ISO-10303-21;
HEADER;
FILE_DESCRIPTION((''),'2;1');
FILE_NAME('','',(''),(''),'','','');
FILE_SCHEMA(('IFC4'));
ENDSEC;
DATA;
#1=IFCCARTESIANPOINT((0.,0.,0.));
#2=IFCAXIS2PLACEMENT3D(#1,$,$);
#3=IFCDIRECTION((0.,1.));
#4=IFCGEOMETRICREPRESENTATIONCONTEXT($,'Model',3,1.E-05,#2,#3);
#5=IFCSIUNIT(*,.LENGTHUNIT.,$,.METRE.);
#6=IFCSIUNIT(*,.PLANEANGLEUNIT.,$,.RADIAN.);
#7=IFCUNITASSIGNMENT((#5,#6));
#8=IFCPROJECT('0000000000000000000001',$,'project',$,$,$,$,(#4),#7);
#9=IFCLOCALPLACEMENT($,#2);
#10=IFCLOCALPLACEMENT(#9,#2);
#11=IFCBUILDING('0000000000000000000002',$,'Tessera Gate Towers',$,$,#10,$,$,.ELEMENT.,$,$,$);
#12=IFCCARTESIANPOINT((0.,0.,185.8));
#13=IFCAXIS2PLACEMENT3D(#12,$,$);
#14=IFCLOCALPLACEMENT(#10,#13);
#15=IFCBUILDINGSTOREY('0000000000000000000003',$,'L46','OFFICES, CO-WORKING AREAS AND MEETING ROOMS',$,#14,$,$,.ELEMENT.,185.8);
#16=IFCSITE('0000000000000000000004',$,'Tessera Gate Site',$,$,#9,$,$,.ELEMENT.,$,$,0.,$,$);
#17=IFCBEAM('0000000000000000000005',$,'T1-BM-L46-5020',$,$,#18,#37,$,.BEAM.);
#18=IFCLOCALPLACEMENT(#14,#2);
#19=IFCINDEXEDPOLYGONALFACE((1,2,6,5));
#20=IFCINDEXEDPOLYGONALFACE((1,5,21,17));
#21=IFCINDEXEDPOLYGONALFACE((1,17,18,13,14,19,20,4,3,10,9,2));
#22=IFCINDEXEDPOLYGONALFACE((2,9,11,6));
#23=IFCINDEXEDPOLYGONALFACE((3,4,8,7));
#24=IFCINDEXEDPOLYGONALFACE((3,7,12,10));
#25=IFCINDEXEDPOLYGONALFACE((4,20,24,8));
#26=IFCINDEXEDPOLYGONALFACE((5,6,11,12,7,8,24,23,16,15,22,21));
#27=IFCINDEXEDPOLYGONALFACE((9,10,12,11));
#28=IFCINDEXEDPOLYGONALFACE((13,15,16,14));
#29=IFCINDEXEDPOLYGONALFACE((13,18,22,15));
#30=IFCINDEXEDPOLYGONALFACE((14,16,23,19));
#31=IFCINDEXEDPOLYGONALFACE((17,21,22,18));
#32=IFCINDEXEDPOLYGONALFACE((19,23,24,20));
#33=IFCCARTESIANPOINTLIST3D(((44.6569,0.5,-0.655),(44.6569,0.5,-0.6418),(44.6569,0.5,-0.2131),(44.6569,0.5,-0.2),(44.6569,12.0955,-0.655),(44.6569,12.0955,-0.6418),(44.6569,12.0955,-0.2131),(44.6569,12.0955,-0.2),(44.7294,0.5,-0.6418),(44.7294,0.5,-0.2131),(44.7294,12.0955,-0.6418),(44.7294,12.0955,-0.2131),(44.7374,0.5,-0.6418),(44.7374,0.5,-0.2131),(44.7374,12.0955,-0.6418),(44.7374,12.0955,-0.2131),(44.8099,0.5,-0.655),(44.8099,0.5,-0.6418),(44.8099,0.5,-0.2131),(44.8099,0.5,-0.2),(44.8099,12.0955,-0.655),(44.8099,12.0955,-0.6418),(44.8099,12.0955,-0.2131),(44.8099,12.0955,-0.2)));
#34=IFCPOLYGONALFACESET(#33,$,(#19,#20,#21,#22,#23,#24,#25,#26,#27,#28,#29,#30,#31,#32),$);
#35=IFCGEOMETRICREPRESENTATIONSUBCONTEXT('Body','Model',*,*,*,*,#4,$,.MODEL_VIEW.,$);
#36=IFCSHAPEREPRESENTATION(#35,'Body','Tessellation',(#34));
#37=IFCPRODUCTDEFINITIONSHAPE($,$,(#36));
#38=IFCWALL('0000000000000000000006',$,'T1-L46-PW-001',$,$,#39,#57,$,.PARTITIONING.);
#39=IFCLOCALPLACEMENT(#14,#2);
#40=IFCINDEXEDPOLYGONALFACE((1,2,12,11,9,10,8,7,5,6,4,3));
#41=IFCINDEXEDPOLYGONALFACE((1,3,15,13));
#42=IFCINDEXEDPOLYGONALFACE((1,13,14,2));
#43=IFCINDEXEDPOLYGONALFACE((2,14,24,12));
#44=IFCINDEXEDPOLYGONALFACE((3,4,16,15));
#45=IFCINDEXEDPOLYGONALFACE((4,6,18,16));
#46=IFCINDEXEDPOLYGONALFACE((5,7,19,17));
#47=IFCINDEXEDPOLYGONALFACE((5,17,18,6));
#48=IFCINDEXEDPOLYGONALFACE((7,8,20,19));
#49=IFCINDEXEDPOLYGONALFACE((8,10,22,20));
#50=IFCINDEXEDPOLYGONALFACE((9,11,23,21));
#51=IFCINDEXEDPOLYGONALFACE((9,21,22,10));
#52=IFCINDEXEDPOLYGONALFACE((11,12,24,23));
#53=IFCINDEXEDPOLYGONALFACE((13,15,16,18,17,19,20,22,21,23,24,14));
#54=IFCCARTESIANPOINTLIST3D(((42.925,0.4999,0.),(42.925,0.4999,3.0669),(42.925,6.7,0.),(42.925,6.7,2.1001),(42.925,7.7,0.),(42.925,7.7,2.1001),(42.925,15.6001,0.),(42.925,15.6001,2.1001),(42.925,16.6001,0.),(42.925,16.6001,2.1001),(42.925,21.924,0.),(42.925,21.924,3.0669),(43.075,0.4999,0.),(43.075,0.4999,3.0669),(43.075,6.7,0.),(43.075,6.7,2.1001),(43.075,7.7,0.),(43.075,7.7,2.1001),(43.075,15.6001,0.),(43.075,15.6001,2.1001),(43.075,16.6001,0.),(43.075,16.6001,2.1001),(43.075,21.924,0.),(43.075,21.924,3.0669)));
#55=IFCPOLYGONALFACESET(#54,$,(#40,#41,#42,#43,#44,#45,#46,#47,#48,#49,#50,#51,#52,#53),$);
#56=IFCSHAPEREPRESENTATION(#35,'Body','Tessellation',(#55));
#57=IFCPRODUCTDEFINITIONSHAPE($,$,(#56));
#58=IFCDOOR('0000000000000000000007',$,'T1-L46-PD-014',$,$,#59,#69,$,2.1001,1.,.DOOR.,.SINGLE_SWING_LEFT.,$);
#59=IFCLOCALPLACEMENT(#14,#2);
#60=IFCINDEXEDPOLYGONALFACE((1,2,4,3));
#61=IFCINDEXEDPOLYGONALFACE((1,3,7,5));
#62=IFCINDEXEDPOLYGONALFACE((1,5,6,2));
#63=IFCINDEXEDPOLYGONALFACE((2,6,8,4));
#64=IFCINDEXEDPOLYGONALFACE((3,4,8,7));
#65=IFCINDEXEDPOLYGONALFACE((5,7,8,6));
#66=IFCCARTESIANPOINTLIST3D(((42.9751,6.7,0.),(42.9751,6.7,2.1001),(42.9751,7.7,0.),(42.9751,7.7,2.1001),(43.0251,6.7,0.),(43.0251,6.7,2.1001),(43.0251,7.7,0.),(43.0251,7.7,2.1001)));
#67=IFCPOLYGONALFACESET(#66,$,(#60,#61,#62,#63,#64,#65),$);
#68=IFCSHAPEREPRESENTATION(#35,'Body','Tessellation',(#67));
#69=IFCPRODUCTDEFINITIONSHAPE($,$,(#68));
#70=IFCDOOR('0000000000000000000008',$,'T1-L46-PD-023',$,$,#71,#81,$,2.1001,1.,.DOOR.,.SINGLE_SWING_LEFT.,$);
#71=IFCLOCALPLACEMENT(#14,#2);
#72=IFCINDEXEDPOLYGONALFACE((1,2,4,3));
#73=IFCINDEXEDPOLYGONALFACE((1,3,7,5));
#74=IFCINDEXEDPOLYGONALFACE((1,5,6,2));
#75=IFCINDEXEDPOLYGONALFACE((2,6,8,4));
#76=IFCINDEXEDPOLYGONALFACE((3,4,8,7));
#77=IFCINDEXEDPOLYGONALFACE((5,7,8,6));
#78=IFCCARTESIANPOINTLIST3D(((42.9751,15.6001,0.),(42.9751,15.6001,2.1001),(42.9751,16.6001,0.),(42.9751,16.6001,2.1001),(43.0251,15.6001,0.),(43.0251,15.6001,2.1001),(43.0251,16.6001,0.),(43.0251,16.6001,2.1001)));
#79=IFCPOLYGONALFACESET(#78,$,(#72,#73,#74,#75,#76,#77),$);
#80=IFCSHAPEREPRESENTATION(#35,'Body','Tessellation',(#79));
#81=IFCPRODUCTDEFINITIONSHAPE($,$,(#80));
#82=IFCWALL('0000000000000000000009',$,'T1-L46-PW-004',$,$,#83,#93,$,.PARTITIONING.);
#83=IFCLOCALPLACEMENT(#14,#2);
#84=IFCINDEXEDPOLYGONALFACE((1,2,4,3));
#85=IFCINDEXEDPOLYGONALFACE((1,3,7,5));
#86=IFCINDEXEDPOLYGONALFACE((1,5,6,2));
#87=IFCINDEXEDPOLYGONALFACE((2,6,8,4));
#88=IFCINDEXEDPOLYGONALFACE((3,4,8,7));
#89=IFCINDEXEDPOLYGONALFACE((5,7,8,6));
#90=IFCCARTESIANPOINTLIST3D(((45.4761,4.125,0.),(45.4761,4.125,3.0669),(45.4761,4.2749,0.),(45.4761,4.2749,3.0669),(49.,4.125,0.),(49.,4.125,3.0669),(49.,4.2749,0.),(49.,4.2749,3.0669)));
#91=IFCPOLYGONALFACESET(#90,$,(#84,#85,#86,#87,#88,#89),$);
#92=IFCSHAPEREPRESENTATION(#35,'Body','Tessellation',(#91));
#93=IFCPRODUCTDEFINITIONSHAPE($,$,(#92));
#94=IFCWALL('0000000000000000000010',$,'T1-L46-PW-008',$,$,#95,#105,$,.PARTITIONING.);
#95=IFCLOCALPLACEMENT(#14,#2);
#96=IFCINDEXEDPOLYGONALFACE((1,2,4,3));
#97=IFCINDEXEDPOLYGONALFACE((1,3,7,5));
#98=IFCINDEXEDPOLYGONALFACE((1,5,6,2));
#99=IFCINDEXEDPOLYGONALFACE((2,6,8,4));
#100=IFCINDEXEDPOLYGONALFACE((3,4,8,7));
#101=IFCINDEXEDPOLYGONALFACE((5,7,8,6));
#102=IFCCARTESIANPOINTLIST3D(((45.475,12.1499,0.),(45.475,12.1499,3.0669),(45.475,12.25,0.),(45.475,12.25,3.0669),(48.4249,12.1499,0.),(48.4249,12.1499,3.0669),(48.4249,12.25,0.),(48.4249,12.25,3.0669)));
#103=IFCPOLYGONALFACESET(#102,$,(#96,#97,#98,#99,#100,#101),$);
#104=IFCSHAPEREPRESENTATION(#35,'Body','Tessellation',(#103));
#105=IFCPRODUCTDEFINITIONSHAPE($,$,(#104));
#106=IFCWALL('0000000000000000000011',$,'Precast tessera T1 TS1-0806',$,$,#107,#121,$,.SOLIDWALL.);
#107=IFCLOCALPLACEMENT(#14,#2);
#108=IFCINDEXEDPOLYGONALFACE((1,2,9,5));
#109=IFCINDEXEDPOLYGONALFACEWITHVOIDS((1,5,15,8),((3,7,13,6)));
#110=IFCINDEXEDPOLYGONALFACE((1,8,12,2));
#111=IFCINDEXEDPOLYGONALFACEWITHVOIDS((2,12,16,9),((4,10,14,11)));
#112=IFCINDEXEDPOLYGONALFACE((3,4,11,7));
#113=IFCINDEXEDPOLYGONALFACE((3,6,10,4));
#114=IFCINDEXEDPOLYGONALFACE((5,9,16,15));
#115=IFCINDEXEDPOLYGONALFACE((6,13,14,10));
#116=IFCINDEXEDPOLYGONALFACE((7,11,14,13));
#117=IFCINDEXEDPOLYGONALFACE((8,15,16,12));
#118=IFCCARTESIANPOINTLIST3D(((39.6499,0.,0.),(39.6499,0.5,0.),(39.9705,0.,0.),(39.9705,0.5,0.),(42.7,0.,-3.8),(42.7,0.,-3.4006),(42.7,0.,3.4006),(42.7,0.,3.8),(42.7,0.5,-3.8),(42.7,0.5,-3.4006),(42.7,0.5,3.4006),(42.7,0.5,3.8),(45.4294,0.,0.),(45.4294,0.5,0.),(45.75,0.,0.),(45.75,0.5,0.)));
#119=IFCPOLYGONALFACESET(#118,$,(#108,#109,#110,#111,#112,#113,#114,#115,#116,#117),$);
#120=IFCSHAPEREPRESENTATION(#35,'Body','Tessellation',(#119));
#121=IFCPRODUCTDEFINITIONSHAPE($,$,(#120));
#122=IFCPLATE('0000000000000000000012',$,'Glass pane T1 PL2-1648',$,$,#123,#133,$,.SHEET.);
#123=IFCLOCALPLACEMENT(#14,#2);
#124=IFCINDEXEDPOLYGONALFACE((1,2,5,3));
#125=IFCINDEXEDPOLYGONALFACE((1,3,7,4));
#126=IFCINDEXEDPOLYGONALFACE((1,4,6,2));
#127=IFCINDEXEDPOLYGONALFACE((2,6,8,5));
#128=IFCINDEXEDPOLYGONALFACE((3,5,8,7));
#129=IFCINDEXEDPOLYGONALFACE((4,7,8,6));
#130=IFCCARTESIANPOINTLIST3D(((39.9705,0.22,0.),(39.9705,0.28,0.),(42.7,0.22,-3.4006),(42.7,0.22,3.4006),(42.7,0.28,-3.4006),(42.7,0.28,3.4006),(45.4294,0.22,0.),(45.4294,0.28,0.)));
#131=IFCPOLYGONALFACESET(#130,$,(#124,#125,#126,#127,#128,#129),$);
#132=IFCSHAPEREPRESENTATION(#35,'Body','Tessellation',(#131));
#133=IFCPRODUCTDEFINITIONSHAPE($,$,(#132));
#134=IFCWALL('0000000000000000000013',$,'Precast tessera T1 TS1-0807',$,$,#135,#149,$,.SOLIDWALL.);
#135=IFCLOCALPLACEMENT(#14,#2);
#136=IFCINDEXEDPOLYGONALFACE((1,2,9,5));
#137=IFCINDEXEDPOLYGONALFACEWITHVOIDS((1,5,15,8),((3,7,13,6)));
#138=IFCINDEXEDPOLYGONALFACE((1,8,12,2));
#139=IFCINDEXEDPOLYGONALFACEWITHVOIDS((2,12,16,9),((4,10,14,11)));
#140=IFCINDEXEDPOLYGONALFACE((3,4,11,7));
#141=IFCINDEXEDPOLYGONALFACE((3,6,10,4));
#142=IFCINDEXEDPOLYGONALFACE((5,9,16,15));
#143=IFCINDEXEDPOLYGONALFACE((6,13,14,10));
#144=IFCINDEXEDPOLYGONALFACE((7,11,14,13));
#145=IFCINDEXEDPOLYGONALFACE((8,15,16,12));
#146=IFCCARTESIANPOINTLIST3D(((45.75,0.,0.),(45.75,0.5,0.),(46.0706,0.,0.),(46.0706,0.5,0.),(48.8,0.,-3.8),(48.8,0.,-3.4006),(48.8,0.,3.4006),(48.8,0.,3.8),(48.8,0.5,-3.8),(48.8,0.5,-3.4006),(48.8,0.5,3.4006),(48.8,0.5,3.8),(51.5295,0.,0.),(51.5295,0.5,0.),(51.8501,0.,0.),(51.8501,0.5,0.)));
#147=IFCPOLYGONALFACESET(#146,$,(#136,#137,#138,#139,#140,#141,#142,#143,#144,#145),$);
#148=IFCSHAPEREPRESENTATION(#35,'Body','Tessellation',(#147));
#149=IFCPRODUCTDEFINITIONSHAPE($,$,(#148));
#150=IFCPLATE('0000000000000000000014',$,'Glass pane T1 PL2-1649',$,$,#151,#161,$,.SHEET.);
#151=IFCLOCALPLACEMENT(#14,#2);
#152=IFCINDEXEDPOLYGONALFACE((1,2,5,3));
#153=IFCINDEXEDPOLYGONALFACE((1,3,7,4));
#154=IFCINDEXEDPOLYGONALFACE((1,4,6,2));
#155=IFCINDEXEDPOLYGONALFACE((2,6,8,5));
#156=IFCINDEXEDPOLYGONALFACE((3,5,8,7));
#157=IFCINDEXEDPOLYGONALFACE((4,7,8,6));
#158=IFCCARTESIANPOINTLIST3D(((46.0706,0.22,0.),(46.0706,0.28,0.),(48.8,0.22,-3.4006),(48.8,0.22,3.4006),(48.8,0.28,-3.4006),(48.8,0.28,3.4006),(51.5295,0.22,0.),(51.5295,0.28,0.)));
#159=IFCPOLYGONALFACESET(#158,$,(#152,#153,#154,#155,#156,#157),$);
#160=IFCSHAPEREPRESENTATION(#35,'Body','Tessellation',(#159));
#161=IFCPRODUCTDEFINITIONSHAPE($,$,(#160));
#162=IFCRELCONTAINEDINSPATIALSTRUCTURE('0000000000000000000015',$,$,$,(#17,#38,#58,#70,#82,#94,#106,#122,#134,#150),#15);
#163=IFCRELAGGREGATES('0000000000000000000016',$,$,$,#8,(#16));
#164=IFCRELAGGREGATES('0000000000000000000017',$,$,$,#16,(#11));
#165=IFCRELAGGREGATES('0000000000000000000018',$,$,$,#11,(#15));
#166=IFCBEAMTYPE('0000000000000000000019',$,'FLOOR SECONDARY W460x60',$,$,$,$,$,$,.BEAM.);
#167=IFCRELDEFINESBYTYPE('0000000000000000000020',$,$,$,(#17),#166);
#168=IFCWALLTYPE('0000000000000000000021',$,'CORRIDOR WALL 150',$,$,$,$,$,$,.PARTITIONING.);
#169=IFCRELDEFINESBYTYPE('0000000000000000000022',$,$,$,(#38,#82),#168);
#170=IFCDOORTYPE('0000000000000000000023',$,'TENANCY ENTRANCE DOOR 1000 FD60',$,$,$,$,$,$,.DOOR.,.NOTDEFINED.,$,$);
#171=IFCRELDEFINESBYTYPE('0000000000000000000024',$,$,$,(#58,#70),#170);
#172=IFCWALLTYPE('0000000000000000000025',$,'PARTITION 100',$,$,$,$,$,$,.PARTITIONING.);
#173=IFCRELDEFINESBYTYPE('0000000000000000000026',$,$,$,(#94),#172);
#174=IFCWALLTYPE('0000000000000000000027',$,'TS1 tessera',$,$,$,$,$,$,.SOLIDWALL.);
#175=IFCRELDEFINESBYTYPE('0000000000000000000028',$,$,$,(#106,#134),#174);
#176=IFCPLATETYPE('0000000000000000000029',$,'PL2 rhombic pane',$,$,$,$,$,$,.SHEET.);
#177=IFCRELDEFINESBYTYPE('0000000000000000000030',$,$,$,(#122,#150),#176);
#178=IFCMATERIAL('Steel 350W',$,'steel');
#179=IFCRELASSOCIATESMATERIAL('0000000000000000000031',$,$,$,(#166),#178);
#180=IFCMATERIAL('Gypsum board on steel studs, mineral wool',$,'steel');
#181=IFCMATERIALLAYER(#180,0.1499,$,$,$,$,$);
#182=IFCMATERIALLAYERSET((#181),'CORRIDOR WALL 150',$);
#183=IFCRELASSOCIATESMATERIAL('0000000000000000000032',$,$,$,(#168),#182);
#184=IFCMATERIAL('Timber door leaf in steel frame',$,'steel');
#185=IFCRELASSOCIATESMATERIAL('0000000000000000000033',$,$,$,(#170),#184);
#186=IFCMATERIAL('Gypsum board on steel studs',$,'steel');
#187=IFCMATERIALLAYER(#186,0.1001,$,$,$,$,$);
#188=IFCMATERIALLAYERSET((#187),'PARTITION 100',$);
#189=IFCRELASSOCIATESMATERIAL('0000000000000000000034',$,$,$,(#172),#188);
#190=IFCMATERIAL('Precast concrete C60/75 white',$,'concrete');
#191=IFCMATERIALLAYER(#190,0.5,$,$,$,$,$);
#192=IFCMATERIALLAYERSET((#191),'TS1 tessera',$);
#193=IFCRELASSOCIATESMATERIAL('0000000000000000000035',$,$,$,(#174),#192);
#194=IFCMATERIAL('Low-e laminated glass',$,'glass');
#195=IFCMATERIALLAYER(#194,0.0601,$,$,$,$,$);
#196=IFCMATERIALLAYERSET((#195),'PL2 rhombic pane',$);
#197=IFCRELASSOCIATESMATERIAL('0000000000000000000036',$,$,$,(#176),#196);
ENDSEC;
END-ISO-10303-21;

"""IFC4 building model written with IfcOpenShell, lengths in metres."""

from ifc_helpers import new_model, si_unit, direction, frame, frame_2d, origin, origin_2d, place, context, subcontext, project, spatial, polyline, rectangle, i_section, outline, extrude, source, transform, mapped, material, layer, layer_set, material_profile, profile_set, type_object, element, fill, save


model = new_model("IFC4")

# Units and contexts
model_context = context("Model", 3, precision=1e-05, world=origin(), true_north=direction((0.0, 1.0)))
body_context = subcontext(model_context, "Body", "Model", "MODEL_VIEW")
ifc_project = project(units=[si_unit("LENGTHUNIT", "METRE"), si_unit("PLANEANGLEUNIT", "RADIAN")], contexts=[model_context])

# Site, building, storey
site_placement = place(None, origin())
site = spatial("IfcSite", under=ifc_project, at=site_placement, Name="Tessera Gate Site", CompositionType="ELEMENT", RefElevation=0.0)
building_placement = place(site_placement, origin())
building = spatial("IfcBuilding", under=site, at=building_placement, Name="Tessera Gate Towers", CompositionType="ELEMENT")
storey_placement = place(building_placement, frame((0.0, 0.0, 185.8)))
storey = spatial("IfcBuildingStorey", under=building, at=storey_placement, Name="L46", Description="OFFICES, CO-WORKING AREAS AND MEETING ROOMS", CompositionType="ELEMENT", Elevation=185.8)

# Beam
ifc_material_1 = material(Name="Steel 350W", Category="steel")
ifc_material_profile_1 = material_profile(ifc_material_1, i_section(OverallWidth=0.1531, OverallDepth=0.4551, WebThickness=0.0081, FlangeThickness=0.0132, at=origin_2d()), Name="W460x60")
ifc_profile_set_1 = profile_set([ifc_material_profile_1], Name="Steel 350W")
beam_type_1 = type_object("IfcBeamType", Name="FLOOR SECONDARY W460x60", PredefinedType="BEAM", material=ifc_profile_set_1)
beam_1_placement = place(storey_placement, frame((44.7334, 0.5, -0.4275), z_axis=(0.0, 1.0, 0.0), x_axis=(-1.0, 0.0, 0.0)))
element("IfcBeam", 1, at=beam_1_placement, inside=storey, type_object=beam_type_1, Name="T1-BM-L46-5020", PredefinedType="BEAM", context=body_context, shape_type="SweptSolid", body=[
    extrude(i_section(OverallWidth=0.1531, OverallDepth=0.4551, WebThickness=0.0081, FlangeThickness=0.0132, at=origin_2d()), origin(), (0.0, 0.0, 1.0), 11.5955),
])

# Wall, openings, doors
ifc_material_2 = material(Name="Gypsum board on steel studs, mineral wool", Category="steel")
ifc_layer_1 = layer(ifc_material_2, 0.1499)
ifc_layer_set_1 = layer_set([ifc_layer_1], Name="CORRIDOR WALL 150")
wall_type_1 = type_object("IfcWallType", Name="CORRIDOR WALL 150", PredefinedType="PARTITIONING", material=ifc_layer_set_1)
wall_1_placement = place(storey_placement, frame((43.0, 0.5, 0.0), z_axis=(0.0, 0.0, 1.0), x_axis=(0.0, 1.0, 0.0)))
wall_1 = element("IfcWall", 2, at=wall_1_placement, inside=storey, type_object=wall_type_1, Name="T1-L46-PW-001", PredefinedType="PARTITIONING", context=body_context, shape_type="SweptSolid", body=[
    extrude(rectangle(XDim=21.4241, YDim=0.1499, at=frame_2d((10.7119, 0.0))), origin(), (0.0, 0.0, 1.0), 3.0669),
])
shared_shape_1 = source(origin(), body_context, "Body", "SweptSolid", [
    extrude(rectangle(XDim=1.0, YDim=2.1001, at=frame_2d((0.5, 1.05))), frame((0.0, 0.085, 0.0), z_axis=(0.0, -1.0, 0.0), x_axis=(1.0, 0.0, 0.0)), (0.0, 0.0, 1.0), 0.1699),
])
opening_1_placement = place(wall_1_placement, frame((6.2, 0.0, 0.0)))
opening_1 = element("IfcOpeningElement", 3, at=opening_1_placement, cuts=wall_1, PredefinedType="OPENING", context=body_context, shape_type="MappedRepresentation", body=[
    mapped(shared_shape_1, transform((0.0, 0.0, 0.0), scale=1.0)),
])
opening_2_placement = place(wall_1_placement, frame((15.1001, 0.0, 0.0)))
opening_2 = element("IfcOpeningElement", 4, at=opening_2_placement, cuts=wall_1, PredefinedType="OPENING", context=body_context, shape_type="MappedRepresentation", body=[
    mapped(shared_shape_1, transform((0.0, 0.0, 0.0), scale=1.0)),
])
ifc_material_3 = material(Name="Timber door leaf in steel frame", Category="steel")
door_type = type_object("IfcDoorType", Name="TENANCY ENTRANCE DOOR 1000 FD60", OperationType="NOTDEFINED", PredefinedType="DOOR", material=ifc_material_3)
shared_shape_2 = source(origin(), body_context, "Body", "SweptSolid", [
    extrude(rectangle(XDim=1.0, YDim=2.1001, at=frame_2d((0.5, 1.05))), frame((0.0, 0.0249, 0.0), z_axis=(0.0, -1.0, 0.0), x_axis=(1.0, 0.0, 0.0)), (0.0, 0.0, 1.0), 0.05),
])
door_1_placement = place(opening_1_placement, origin())
door_1 = element("IfcDoor", 5, at=door_1_placement, inside=storey, type_object=door_type, Name="T1-L46-PD-014", OperationType="SINGLE_SWING_LEFT", OverallHeight=2.1001, OverallWidth=1.0, PredefinedType="DOOR", context=body_context, shape_type="MappedRepresentation", body=[
    mapped(shared_shape_2, transform((0.0, 0.0, 0.0), scale=1.0)),
])
fill(opening_1, door_1)
door_2_placement = place(opening_2_placement, origin())
door_2 = element("IfcDoor", 6, at=door_2_placement, inside=storey, type_object=door_type, Name="T1-L46-PD-023", OperationType="SINGLE_SWING_LEFT", OverallHeight=2.1001, OverallWidth=1.0, PredefinedType="DOOR", context=body_context, shape_type="MappedRepresentation", body=[
    mapped(shared_shape_2, transform((0.0, 0.0, 0.0), scale=1.0)),
])
fill(opening_2, door_2)

# Walls
wall_2_placement = place(storey_placement, frame((45.4761, 4.2, 0.0), z_axis=(0.0, 0.0, 1.0), x_axis=(1.0, 0.0, 0.0)))
element("IfcWall", 7, at=wall_2_placement, inside=storey, type_object=wall_type_1, Name="T1-L46-PW-004", PredefinedType="PARTITIONING", context=body_context, shape_type="SweptSolid", body=[
    extrude(rectangle(XDim=3.5239, YDim=0.1499, at=frame_2d((1.762, 0.0))), origin(), (0.0, 0.0, 1.0), 3.0669),
])
ifc_material_4 = material(Name="Gypsum board on steel studs", Category="steel")
ifc_layer_2 = layer(ifc_material_4, 0.1001)
ifc_layer_set_2 = layer_set([ifc_layer_2], Name="PARTITION 100")
wall_type_2 = type_object("IfcWallType", Name="PARTITION 100", PredefinedType="PARTITIONING", material=ifc_layer_set_2)
wall_3_placement = place(storey_placement, frame((48.425, 12.2, 0.0), z_axis=(0.0, 0.0, 1.0), x_axis=(-1.0, 0.0, 0.0)))
element("IfcWall", 8, at=wall_3_placement, inside=storey, type_object=wall_type_2, Name="T1-L46-PW-008", PredefinedType="PARTITIONING", context=body_context, shape_type="SweptSolid", body=[
    extrude(rectangle(XDim=2.95, YDim=0.1001, at=frame_2d((1.4751, 0.0))), origin(), (0.0, 0.0, 1.0), 3.0669),
])

# Walls, openings, plates
ifc_material_5 = material(Name="Precast concrete C60/75 white", Category="concrete")
ifc_layer_3 = layer(ifc_material_5, 0.5)
ifc_layer_set_3 = layer_set([ifc_layer_3], Name="TS1 tessera")
wall_type_3 = type_object("IfcWallType", Name="TS1 tessera", PredefinedType="SOLIDWALL", material=ifc_layer_set_3)
shared_shape_3 = source(origin(), body_context, "Body", "SweptSolid", [
    extrude(outline(polyline([(3.05, 0.0), (6.1001, 3.8), (3.05, 7.6001), (0.0, 3.8), (3.05, 0.0)])), frame((0.0, 0.25, 0.0), z_axis=(0.0, -1.0, 0.0), x_axis=(1.0, 0.0, 0.0)), (0.0, 0.0, 1.0), 0.5),
])
wall_4_placement = place(storey_placement, frame((39.6499, 0.25, -3.8), z_axis=(0.0, 0.0, 1.0), x_axis=(1.0, 0.0, 0.0)))
wall_4 = element("IfcWall", 9, at=wall_4_placement, inside=storey, type_object=wall_type_3, Name="Precast tessera T1 TS1-0806", PredefinedType="SOLIDWALL", context=body_context, shape_type="MappedRepresentation", body=[
    mapped(shared_shape_3, transform((0.0, 0.0, 0.0), scale=1.0)),
])
shared_shape_4 = source(origin(), body_context, "Body", "SweptSolid", [
    extrude(outline(polyline([(3.05, 0.3994), (5.7795, 3.8), (3.05, 7.2007), (0.3206, 3.8), (3.05, 0.3994)])), frame((0.0, 0.26, 0.0), z_axis=(0.0, -1.0, 0.0), x_axis=(1.0, 0.0, 0.0)), (0.0, 0.0, 1.0), 0.52),
])
opening_3_placement = place(wall_4_placement, origin())
opening_3 = element("IfcOpeningElement", 10, at=opening_3_placement, cuts=wall_4, PredefinedType="OPENING", context=body_context, shape_type="MappedRepresentation", body=[
    mapped(shared_shape_4, transform((0.0, 0.0, 0.0), scale=1.0)),
])
ifc_material_6 = material(Name="Low-e laminated glass", Category="glass")
ifc_layer_4 = layer(ifc_material_6, 0.0601)
ifc_layer_set_4 = layer_set([ifc_layer_4], Name="PL2 rhombic pane")
plate_type = type_object("IfcPlateType", Name="PL2 rhombic pane", PredefinedType="SHEET", material=ifc_layer_set_4)
shared_shape_5 = source(origin(), body_context, "Body", "SweptSolid", [
    extrude(outline(polyline([(3.05, 0.3994), (5.7795, 3.8), (3.05, 7.2007), (0.3206, 3.8), (3.05, 0.3994)])), frame((0.0, 0.03, 0.0), z_axis=(0.0, -1.0, 0.0), x_axis=(1.0, 0.0, 0.0)), (0.0, 0.0, 1.0), 0.0601),
])
plate_1_placement = place(opening_3_placement, origin())
plate_1 = element("IfcPlate", 11, at=plate_1_placement, inside=storey, type_object=plate_type, Name="Glass pane T1 PL2-1648", PredefinedType="SHEET", context=body_context, shape_type="MappedRepresentation", body=[
    mapped(shared_shape_5, transform((0.0, 0.0, 0.0), scale=1.0)),
])
fill(opening_3, plate_1)
wall_5_placement = place(storey_placement, frame((45.75, 0.25, -3.8), z_axis=(0.0, 0.0, 1.0), x_axis=(1.0, 0.0, 0.0)))
wall_5 = element("IfcWall", 12, at=wall_5_placement, inside=storey, type_object=wall_type_3, Name="Precast tessera T1 TS1-0807", PredefinedType="SOLIDWALL", context=body_context, shape_type="MappedRepresentation", body=[
    mapped(shared_shape_3, transform((0.0, 0.0, 0.0), scale=1.0)),
])
opening_4_placement = place(wall_5_placement, origin())
opening_4 = element("IfcOpeningElement", 13, at=opening_4_placement, cuts=wall_5, PredefinedType="OPENING", context=body_context, shape_type="MappedRepresentation", body=[
    mapped(shared_shape_4, transform((0.0, 0.0, 0.0), scale=1.0)),
])
plate_2_placement = place(opening_4_placement, origin())
plate_2 = element("IfcPlate", 14, at=plate_2_placement, inside=storey, type_object=plate_type, Name="Glass pane T1 PL2-1649", PredefinedType="SHEET", context=body_context, shape_type="MappedRepresentation", body=[
    mapped(shared_shape_5, transform((0.0, 0.0, 0.0), scale=1.0)),
])
fill(opening_4, plate_2)

save(model, "model.ifc")
